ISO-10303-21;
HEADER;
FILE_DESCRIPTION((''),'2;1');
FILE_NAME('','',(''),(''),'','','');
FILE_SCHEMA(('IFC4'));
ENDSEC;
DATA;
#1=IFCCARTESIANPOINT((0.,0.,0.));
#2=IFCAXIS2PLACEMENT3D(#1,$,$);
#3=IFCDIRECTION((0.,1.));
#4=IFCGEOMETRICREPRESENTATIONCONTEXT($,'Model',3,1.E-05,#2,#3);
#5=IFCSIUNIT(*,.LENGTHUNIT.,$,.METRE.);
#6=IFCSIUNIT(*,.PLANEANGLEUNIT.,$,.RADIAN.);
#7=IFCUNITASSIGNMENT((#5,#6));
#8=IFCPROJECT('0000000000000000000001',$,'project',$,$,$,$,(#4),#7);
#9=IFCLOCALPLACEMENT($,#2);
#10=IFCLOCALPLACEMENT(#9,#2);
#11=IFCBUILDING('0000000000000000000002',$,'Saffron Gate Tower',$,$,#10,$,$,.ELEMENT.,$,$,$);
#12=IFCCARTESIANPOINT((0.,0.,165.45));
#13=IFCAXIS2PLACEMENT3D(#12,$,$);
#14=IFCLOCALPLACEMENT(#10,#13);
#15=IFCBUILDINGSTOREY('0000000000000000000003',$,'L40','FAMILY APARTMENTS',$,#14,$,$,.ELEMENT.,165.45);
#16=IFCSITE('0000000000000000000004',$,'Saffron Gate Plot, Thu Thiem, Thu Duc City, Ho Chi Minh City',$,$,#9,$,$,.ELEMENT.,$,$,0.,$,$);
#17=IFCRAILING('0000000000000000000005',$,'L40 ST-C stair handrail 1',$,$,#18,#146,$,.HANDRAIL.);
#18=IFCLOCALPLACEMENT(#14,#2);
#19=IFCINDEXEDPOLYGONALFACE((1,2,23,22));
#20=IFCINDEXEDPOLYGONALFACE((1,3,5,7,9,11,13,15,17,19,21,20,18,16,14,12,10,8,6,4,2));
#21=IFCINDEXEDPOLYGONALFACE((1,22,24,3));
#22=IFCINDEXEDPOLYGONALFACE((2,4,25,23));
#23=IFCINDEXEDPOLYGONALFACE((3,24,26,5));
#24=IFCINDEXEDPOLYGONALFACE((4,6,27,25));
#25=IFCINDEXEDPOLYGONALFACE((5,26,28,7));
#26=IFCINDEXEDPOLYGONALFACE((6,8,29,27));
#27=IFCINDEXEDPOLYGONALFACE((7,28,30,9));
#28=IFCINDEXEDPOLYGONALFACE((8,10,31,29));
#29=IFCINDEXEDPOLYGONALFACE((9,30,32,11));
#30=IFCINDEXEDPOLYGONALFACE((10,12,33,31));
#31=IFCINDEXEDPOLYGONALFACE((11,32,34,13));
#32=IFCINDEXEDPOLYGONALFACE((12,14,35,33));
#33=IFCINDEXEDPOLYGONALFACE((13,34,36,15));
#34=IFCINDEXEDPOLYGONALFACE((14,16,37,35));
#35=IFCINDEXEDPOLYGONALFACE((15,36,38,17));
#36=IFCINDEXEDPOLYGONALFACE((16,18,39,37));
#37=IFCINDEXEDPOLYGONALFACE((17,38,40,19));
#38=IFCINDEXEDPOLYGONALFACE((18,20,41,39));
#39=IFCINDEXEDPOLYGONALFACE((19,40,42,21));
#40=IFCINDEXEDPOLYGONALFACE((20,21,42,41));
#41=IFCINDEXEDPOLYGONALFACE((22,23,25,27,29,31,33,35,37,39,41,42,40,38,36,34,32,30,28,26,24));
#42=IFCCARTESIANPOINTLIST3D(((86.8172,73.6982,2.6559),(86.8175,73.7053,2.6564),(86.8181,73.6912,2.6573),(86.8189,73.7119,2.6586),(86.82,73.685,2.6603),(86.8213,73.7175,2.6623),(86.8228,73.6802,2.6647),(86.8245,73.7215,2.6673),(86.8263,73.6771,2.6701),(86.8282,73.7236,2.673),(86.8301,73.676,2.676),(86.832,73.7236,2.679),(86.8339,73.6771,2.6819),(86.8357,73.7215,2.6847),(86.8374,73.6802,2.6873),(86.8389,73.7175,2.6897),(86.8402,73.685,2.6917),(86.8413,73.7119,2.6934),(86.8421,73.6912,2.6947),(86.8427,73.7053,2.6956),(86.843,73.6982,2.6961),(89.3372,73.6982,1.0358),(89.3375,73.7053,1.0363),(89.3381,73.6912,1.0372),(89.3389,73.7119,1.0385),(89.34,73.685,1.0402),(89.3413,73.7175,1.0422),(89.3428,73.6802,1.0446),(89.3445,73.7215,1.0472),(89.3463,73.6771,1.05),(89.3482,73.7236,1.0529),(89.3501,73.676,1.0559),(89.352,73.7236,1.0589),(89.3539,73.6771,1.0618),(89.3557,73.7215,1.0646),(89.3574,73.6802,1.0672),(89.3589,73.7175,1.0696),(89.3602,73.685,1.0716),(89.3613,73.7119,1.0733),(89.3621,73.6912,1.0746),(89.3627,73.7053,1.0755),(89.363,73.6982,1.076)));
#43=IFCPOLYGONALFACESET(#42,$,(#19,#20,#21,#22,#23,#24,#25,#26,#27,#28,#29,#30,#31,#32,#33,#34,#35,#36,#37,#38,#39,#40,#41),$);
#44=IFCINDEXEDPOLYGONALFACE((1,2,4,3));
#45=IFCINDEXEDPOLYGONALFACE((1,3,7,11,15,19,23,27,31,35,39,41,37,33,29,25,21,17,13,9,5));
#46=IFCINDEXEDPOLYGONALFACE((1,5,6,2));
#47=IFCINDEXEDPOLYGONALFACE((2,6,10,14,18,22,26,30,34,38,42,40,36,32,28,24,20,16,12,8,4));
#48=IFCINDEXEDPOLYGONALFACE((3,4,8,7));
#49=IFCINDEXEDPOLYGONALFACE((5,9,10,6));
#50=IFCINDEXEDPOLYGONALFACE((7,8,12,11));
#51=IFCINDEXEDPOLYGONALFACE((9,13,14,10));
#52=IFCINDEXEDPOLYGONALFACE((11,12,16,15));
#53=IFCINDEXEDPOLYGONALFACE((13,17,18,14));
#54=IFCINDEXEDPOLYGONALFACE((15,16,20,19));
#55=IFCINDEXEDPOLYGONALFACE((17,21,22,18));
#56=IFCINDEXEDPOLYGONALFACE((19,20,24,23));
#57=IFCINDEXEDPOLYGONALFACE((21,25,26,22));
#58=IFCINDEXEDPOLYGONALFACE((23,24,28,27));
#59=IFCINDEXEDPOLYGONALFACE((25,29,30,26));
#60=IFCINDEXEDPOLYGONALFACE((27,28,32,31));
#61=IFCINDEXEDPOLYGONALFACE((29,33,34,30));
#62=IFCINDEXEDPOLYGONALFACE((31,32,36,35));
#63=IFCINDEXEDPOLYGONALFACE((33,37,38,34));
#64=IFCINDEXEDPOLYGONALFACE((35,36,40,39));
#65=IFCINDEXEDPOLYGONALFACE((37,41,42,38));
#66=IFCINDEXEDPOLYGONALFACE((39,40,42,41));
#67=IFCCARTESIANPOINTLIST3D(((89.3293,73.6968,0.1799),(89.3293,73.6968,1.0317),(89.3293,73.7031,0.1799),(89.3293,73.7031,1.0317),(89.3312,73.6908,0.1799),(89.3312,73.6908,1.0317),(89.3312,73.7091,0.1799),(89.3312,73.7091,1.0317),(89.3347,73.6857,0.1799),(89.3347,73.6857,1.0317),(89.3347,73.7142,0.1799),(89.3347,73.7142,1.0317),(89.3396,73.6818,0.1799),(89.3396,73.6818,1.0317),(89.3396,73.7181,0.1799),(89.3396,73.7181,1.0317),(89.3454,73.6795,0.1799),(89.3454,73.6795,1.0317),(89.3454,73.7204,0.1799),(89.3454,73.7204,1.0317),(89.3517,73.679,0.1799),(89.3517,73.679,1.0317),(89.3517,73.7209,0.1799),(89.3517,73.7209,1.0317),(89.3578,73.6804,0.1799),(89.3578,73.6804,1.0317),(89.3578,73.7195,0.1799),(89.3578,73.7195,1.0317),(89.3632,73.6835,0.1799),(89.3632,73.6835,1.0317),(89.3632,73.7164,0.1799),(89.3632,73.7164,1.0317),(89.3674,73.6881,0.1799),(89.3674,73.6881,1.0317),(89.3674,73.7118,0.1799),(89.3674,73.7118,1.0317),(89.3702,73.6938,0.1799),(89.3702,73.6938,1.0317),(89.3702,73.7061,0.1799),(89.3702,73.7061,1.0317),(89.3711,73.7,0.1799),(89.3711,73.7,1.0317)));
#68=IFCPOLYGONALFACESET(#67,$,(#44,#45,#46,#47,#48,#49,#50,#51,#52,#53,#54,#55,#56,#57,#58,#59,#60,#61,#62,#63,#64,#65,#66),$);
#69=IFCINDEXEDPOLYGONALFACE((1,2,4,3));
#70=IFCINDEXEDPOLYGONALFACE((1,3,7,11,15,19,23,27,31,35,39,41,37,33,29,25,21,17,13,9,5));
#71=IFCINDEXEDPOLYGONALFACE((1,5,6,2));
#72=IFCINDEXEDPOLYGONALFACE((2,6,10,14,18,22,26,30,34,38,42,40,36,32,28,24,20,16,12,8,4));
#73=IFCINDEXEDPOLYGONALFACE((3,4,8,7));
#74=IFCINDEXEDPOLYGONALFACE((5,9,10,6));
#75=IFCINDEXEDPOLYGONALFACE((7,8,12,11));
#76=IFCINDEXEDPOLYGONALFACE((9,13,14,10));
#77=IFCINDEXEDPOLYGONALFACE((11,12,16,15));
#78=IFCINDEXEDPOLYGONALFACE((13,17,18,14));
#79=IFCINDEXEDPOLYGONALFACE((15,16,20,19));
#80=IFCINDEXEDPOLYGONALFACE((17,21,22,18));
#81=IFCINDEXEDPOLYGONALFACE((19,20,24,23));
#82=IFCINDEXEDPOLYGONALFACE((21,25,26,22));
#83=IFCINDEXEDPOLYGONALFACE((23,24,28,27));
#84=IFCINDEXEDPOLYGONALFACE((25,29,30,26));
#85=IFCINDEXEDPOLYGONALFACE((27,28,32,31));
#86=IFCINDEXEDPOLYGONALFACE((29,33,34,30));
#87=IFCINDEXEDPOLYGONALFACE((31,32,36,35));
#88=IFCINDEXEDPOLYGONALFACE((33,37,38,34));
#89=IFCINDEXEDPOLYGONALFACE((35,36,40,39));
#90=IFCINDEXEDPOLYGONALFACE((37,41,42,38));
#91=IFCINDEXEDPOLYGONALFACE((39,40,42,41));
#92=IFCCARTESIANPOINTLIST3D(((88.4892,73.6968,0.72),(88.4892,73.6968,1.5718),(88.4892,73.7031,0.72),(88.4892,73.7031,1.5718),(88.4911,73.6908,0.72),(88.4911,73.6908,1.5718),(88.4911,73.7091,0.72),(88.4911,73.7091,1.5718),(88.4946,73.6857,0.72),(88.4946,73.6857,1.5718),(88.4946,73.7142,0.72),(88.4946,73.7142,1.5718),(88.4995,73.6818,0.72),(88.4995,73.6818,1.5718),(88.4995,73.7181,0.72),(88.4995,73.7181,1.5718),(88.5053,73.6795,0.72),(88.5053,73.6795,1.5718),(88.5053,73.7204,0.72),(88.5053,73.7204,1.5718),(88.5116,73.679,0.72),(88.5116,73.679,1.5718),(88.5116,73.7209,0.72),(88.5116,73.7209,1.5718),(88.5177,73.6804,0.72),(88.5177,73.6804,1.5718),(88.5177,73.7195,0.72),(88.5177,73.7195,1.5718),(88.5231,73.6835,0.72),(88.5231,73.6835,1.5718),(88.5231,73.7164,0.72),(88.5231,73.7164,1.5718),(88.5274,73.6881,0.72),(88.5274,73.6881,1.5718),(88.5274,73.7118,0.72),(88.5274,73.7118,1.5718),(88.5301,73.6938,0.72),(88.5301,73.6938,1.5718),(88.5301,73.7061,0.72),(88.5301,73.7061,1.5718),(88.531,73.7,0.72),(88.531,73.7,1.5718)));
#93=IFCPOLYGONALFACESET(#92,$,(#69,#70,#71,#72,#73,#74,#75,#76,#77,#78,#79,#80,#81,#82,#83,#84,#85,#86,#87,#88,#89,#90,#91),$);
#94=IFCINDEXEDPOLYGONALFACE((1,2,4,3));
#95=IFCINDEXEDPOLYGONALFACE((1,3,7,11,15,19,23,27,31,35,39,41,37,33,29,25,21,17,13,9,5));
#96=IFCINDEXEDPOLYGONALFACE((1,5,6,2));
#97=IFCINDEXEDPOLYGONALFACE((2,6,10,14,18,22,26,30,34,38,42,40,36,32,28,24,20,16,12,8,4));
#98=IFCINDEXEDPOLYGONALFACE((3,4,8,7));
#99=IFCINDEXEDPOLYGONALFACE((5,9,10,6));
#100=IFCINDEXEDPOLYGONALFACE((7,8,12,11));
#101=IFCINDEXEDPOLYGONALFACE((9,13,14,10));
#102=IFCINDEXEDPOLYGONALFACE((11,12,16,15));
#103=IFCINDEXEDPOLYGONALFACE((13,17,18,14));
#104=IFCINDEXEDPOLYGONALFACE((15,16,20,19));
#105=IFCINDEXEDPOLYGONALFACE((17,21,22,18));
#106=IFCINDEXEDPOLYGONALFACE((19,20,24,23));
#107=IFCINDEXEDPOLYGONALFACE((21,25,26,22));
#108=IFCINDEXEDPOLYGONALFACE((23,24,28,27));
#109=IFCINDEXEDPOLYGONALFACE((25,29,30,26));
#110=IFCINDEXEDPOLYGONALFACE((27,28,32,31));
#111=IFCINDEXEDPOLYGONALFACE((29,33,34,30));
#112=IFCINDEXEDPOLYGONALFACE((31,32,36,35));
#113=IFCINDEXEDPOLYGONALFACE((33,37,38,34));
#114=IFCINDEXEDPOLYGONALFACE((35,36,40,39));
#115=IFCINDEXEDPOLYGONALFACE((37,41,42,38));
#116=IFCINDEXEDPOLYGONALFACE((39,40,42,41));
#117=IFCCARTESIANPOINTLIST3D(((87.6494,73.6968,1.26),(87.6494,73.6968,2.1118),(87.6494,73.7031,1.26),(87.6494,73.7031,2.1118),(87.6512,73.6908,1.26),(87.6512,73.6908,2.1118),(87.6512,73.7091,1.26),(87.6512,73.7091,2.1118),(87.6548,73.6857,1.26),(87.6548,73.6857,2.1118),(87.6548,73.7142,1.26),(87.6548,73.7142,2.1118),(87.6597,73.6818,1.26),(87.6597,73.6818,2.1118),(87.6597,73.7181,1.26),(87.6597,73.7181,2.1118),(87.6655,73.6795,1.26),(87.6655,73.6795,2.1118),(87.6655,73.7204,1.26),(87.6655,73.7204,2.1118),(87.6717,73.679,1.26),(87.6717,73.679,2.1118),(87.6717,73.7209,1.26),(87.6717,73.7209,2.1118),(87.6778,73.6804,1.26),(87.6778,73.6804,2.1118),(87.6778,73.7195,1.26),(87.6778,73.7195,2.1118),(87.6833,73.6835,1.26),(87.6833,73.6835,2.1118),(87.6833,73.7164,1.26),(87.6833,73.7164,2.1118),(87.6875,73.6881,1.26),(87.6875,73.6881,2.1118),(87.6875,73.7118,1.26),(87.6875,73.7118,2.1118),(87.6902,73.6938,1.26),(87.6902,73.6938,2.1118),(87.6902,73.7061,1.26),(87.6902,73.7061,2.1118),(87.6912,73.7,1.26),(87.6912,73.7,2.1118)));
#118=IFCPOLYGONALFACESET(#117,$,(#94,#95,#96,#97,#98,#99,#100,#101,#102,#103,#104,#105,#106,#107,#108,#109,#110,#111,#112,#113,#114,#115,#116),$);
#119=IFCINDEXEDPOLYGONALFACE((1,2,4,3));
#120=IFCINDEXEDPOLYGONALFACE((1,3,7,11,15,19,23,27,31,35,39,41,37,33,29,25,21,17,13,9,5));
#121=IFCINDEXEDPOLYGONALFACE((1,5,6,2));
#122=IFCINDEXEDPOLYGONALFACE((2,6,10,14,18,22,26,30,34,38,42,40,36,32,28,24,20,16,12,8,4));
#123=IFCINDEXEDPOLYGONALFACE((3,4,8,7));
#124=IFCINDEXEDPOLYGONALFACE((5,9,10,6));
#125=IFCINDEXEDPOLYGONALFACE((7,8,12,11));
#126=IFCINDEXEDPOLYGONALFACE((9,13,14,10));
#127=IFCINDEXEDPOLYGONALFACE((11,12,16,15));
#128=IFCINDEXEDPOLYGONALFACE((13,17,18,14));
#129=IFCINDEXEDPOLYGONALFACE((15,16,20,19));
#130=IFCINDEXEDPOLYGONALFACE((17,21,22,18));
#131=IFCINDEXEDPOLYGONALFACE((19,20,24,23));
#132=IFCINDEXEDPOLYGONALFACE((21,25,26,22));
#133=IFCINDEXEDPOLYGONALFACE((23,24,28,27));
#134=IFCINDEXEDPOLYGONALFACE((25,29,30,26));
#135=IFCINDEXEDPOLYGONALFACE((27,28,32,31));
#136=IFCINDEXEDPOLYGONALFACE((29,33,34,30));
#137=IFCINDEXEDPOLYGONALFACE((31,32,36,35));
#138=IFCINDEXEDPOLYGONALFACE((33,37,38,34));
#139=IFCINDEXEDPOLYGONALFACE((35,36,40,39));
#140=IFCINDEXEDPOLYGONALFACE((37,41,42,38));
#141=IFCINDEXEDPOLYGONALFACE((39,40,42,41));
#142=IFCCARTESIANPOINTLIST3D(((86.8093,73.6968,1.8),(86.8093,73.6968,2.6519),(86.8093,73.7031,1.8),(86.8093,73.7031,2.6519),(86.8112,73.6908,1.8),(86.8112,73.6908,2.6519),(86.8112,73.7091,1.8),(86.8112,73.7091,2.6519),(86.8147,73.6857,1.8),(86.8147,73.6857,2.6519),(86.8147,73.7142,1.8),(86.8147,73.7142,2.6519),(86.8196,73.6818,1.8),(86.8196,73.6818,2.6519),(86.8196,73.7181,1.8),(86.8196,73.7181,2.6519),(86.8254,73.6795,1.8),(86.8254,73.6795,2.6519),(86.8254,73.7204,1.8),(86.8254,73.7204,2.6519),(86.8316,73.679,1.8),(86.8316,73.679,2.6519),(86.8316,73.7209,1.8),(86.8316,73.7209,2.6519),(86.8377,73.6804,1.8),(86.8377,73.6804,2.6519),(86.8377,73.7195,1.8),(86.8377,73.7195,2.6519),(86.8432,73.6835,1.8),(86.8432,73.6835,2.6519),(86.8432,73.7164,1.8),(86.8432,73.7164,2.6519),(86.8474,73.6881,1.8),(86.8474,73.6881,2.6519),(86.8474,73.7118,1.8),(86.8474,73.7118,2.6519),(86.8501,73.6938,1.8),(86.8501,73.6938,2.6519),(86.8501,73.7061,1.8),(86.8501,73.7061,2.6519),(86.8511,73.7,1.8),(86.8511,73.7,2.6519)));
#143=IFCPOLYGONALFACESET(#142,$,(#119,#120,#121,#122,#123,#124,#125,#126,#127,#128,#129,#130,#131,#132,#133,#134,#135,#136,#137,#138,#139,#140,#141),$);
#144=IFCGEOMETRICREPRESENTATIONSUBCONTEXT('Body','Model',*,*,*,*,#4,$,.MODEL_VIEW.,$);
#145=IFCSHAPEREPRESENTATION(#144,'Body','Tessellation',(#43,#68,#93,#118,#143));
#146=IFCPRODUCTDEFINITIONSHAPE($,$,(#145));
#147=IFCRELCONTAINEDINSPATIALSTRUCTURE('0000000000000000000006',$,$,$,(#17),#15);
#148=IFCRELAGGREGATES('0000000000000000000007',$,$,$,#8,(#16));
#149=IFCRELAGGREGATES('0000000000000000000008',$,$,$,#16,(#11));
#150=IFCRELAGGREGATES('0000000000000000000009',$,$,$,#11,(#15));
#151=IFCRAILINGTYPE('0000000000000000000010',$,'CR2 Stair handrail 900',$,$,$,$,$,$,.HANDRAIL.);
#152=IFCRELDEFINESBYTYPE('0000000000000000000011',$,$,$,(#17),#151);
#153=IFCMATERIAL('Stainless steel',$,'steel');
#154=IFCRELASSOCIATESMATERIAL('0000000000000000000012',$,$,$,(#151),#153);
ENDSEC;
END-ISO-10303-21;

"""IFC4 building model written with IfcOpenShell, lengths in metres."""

from ifc_helpers import new_model, si_unit, direction, frame, origin, origin_2d, place, context, subcontext, project, spatial, circle, extrude, material, type_object, element, save


model = new_model("IFC4")

# Units and contexts
model_context = context("Model", 3, precision=1e-05, world=origin(), true_north=direction((0.0, 1.0)))
body_context = subcontext(model_context, "Body", "Model", "MODEL_VIEW")
ifc_project = project(units=[si_unit("LENGTHUNIT", "METRE"), si_unit("PLANEANGLEUNIT", "RADIAN")], contexts=[model_context])

# Site, building, storey
site_placement = place(None, origin())
site = spatial("IfcSite", under=ifc_project, at=site_placement, Name="Saffron Gate Plot, Thu Thiem, Thu Duc City, Ho Chi Minh City", CompositionType="ELEMENT", RefElevation=0.0)
building_placement = place(site_placement, origin())
building = spatial("IfcBuilding", under=site, at=building_placement, Name="Saffron Gate Tower", CompositionType="ELEMENT")
storey_placement = place(building_placement, frame((0.0, 0.0, 165.45)))
storey = spatial("IfcBuildingStorey", under=building, at=storey_placement, Name="L40", Description="FAMILY APARTMENTS", CompositionType="ELEMENT", Elevation=165.45)

# Railing
ifc_material_1 = material(Name="Stainless steel", Category="steel")
railing_type_1 = type_object("IfcRailingType", Name="CR2 Stair handrail 900", PredefinedType="HANDRAIL", material=ifc_material_1)
railing_1_placement = place(storey_placement, frame((89.3501, 73.7, 0.1799)))
element("IfcRailing", 1, at=railing_1_placement, inside=storey, type_object=railing_type_1, Name="L40 ST-C stair handrail 1", PredefinedType="HANDRAIL", context=body_context, shape_type="SweptSolid", body=[
    extrude(circle(Radius=0.0239, at=origin_2d()), frame((0.0, 0.0, 0.876), z_axis=(-0.841163, 0.0, 0.540782), x_axis=(0.0, -1.0, 0.0)), (0.0, 0.0, 1.0), 2.9958),
    extrude(circle(Radius=0.021, at=origin_2d()), origin(), (0.0, 0.0, 1.0), 0.8518),
    extrude(circle(Radius=0.021, at=origin_2d()), frame((-0.8401, 0.0, 0.54)), (0.0, 0.0, 1.0), 0.8518),
    extrude(circle(Radius=0.021, at=origin_2d()), frame((-1.6799, 0.0, 1.0801)), (0.0, 0.0, 1.0), 0.8518),
    extrude(circle(Radius=0.021, at=origin_2d()), frame((-2.52, 0.0, 1.6201)), (0.0, 0.0, 1.0), 0.8518),
])

save(model, "model.ifc")
